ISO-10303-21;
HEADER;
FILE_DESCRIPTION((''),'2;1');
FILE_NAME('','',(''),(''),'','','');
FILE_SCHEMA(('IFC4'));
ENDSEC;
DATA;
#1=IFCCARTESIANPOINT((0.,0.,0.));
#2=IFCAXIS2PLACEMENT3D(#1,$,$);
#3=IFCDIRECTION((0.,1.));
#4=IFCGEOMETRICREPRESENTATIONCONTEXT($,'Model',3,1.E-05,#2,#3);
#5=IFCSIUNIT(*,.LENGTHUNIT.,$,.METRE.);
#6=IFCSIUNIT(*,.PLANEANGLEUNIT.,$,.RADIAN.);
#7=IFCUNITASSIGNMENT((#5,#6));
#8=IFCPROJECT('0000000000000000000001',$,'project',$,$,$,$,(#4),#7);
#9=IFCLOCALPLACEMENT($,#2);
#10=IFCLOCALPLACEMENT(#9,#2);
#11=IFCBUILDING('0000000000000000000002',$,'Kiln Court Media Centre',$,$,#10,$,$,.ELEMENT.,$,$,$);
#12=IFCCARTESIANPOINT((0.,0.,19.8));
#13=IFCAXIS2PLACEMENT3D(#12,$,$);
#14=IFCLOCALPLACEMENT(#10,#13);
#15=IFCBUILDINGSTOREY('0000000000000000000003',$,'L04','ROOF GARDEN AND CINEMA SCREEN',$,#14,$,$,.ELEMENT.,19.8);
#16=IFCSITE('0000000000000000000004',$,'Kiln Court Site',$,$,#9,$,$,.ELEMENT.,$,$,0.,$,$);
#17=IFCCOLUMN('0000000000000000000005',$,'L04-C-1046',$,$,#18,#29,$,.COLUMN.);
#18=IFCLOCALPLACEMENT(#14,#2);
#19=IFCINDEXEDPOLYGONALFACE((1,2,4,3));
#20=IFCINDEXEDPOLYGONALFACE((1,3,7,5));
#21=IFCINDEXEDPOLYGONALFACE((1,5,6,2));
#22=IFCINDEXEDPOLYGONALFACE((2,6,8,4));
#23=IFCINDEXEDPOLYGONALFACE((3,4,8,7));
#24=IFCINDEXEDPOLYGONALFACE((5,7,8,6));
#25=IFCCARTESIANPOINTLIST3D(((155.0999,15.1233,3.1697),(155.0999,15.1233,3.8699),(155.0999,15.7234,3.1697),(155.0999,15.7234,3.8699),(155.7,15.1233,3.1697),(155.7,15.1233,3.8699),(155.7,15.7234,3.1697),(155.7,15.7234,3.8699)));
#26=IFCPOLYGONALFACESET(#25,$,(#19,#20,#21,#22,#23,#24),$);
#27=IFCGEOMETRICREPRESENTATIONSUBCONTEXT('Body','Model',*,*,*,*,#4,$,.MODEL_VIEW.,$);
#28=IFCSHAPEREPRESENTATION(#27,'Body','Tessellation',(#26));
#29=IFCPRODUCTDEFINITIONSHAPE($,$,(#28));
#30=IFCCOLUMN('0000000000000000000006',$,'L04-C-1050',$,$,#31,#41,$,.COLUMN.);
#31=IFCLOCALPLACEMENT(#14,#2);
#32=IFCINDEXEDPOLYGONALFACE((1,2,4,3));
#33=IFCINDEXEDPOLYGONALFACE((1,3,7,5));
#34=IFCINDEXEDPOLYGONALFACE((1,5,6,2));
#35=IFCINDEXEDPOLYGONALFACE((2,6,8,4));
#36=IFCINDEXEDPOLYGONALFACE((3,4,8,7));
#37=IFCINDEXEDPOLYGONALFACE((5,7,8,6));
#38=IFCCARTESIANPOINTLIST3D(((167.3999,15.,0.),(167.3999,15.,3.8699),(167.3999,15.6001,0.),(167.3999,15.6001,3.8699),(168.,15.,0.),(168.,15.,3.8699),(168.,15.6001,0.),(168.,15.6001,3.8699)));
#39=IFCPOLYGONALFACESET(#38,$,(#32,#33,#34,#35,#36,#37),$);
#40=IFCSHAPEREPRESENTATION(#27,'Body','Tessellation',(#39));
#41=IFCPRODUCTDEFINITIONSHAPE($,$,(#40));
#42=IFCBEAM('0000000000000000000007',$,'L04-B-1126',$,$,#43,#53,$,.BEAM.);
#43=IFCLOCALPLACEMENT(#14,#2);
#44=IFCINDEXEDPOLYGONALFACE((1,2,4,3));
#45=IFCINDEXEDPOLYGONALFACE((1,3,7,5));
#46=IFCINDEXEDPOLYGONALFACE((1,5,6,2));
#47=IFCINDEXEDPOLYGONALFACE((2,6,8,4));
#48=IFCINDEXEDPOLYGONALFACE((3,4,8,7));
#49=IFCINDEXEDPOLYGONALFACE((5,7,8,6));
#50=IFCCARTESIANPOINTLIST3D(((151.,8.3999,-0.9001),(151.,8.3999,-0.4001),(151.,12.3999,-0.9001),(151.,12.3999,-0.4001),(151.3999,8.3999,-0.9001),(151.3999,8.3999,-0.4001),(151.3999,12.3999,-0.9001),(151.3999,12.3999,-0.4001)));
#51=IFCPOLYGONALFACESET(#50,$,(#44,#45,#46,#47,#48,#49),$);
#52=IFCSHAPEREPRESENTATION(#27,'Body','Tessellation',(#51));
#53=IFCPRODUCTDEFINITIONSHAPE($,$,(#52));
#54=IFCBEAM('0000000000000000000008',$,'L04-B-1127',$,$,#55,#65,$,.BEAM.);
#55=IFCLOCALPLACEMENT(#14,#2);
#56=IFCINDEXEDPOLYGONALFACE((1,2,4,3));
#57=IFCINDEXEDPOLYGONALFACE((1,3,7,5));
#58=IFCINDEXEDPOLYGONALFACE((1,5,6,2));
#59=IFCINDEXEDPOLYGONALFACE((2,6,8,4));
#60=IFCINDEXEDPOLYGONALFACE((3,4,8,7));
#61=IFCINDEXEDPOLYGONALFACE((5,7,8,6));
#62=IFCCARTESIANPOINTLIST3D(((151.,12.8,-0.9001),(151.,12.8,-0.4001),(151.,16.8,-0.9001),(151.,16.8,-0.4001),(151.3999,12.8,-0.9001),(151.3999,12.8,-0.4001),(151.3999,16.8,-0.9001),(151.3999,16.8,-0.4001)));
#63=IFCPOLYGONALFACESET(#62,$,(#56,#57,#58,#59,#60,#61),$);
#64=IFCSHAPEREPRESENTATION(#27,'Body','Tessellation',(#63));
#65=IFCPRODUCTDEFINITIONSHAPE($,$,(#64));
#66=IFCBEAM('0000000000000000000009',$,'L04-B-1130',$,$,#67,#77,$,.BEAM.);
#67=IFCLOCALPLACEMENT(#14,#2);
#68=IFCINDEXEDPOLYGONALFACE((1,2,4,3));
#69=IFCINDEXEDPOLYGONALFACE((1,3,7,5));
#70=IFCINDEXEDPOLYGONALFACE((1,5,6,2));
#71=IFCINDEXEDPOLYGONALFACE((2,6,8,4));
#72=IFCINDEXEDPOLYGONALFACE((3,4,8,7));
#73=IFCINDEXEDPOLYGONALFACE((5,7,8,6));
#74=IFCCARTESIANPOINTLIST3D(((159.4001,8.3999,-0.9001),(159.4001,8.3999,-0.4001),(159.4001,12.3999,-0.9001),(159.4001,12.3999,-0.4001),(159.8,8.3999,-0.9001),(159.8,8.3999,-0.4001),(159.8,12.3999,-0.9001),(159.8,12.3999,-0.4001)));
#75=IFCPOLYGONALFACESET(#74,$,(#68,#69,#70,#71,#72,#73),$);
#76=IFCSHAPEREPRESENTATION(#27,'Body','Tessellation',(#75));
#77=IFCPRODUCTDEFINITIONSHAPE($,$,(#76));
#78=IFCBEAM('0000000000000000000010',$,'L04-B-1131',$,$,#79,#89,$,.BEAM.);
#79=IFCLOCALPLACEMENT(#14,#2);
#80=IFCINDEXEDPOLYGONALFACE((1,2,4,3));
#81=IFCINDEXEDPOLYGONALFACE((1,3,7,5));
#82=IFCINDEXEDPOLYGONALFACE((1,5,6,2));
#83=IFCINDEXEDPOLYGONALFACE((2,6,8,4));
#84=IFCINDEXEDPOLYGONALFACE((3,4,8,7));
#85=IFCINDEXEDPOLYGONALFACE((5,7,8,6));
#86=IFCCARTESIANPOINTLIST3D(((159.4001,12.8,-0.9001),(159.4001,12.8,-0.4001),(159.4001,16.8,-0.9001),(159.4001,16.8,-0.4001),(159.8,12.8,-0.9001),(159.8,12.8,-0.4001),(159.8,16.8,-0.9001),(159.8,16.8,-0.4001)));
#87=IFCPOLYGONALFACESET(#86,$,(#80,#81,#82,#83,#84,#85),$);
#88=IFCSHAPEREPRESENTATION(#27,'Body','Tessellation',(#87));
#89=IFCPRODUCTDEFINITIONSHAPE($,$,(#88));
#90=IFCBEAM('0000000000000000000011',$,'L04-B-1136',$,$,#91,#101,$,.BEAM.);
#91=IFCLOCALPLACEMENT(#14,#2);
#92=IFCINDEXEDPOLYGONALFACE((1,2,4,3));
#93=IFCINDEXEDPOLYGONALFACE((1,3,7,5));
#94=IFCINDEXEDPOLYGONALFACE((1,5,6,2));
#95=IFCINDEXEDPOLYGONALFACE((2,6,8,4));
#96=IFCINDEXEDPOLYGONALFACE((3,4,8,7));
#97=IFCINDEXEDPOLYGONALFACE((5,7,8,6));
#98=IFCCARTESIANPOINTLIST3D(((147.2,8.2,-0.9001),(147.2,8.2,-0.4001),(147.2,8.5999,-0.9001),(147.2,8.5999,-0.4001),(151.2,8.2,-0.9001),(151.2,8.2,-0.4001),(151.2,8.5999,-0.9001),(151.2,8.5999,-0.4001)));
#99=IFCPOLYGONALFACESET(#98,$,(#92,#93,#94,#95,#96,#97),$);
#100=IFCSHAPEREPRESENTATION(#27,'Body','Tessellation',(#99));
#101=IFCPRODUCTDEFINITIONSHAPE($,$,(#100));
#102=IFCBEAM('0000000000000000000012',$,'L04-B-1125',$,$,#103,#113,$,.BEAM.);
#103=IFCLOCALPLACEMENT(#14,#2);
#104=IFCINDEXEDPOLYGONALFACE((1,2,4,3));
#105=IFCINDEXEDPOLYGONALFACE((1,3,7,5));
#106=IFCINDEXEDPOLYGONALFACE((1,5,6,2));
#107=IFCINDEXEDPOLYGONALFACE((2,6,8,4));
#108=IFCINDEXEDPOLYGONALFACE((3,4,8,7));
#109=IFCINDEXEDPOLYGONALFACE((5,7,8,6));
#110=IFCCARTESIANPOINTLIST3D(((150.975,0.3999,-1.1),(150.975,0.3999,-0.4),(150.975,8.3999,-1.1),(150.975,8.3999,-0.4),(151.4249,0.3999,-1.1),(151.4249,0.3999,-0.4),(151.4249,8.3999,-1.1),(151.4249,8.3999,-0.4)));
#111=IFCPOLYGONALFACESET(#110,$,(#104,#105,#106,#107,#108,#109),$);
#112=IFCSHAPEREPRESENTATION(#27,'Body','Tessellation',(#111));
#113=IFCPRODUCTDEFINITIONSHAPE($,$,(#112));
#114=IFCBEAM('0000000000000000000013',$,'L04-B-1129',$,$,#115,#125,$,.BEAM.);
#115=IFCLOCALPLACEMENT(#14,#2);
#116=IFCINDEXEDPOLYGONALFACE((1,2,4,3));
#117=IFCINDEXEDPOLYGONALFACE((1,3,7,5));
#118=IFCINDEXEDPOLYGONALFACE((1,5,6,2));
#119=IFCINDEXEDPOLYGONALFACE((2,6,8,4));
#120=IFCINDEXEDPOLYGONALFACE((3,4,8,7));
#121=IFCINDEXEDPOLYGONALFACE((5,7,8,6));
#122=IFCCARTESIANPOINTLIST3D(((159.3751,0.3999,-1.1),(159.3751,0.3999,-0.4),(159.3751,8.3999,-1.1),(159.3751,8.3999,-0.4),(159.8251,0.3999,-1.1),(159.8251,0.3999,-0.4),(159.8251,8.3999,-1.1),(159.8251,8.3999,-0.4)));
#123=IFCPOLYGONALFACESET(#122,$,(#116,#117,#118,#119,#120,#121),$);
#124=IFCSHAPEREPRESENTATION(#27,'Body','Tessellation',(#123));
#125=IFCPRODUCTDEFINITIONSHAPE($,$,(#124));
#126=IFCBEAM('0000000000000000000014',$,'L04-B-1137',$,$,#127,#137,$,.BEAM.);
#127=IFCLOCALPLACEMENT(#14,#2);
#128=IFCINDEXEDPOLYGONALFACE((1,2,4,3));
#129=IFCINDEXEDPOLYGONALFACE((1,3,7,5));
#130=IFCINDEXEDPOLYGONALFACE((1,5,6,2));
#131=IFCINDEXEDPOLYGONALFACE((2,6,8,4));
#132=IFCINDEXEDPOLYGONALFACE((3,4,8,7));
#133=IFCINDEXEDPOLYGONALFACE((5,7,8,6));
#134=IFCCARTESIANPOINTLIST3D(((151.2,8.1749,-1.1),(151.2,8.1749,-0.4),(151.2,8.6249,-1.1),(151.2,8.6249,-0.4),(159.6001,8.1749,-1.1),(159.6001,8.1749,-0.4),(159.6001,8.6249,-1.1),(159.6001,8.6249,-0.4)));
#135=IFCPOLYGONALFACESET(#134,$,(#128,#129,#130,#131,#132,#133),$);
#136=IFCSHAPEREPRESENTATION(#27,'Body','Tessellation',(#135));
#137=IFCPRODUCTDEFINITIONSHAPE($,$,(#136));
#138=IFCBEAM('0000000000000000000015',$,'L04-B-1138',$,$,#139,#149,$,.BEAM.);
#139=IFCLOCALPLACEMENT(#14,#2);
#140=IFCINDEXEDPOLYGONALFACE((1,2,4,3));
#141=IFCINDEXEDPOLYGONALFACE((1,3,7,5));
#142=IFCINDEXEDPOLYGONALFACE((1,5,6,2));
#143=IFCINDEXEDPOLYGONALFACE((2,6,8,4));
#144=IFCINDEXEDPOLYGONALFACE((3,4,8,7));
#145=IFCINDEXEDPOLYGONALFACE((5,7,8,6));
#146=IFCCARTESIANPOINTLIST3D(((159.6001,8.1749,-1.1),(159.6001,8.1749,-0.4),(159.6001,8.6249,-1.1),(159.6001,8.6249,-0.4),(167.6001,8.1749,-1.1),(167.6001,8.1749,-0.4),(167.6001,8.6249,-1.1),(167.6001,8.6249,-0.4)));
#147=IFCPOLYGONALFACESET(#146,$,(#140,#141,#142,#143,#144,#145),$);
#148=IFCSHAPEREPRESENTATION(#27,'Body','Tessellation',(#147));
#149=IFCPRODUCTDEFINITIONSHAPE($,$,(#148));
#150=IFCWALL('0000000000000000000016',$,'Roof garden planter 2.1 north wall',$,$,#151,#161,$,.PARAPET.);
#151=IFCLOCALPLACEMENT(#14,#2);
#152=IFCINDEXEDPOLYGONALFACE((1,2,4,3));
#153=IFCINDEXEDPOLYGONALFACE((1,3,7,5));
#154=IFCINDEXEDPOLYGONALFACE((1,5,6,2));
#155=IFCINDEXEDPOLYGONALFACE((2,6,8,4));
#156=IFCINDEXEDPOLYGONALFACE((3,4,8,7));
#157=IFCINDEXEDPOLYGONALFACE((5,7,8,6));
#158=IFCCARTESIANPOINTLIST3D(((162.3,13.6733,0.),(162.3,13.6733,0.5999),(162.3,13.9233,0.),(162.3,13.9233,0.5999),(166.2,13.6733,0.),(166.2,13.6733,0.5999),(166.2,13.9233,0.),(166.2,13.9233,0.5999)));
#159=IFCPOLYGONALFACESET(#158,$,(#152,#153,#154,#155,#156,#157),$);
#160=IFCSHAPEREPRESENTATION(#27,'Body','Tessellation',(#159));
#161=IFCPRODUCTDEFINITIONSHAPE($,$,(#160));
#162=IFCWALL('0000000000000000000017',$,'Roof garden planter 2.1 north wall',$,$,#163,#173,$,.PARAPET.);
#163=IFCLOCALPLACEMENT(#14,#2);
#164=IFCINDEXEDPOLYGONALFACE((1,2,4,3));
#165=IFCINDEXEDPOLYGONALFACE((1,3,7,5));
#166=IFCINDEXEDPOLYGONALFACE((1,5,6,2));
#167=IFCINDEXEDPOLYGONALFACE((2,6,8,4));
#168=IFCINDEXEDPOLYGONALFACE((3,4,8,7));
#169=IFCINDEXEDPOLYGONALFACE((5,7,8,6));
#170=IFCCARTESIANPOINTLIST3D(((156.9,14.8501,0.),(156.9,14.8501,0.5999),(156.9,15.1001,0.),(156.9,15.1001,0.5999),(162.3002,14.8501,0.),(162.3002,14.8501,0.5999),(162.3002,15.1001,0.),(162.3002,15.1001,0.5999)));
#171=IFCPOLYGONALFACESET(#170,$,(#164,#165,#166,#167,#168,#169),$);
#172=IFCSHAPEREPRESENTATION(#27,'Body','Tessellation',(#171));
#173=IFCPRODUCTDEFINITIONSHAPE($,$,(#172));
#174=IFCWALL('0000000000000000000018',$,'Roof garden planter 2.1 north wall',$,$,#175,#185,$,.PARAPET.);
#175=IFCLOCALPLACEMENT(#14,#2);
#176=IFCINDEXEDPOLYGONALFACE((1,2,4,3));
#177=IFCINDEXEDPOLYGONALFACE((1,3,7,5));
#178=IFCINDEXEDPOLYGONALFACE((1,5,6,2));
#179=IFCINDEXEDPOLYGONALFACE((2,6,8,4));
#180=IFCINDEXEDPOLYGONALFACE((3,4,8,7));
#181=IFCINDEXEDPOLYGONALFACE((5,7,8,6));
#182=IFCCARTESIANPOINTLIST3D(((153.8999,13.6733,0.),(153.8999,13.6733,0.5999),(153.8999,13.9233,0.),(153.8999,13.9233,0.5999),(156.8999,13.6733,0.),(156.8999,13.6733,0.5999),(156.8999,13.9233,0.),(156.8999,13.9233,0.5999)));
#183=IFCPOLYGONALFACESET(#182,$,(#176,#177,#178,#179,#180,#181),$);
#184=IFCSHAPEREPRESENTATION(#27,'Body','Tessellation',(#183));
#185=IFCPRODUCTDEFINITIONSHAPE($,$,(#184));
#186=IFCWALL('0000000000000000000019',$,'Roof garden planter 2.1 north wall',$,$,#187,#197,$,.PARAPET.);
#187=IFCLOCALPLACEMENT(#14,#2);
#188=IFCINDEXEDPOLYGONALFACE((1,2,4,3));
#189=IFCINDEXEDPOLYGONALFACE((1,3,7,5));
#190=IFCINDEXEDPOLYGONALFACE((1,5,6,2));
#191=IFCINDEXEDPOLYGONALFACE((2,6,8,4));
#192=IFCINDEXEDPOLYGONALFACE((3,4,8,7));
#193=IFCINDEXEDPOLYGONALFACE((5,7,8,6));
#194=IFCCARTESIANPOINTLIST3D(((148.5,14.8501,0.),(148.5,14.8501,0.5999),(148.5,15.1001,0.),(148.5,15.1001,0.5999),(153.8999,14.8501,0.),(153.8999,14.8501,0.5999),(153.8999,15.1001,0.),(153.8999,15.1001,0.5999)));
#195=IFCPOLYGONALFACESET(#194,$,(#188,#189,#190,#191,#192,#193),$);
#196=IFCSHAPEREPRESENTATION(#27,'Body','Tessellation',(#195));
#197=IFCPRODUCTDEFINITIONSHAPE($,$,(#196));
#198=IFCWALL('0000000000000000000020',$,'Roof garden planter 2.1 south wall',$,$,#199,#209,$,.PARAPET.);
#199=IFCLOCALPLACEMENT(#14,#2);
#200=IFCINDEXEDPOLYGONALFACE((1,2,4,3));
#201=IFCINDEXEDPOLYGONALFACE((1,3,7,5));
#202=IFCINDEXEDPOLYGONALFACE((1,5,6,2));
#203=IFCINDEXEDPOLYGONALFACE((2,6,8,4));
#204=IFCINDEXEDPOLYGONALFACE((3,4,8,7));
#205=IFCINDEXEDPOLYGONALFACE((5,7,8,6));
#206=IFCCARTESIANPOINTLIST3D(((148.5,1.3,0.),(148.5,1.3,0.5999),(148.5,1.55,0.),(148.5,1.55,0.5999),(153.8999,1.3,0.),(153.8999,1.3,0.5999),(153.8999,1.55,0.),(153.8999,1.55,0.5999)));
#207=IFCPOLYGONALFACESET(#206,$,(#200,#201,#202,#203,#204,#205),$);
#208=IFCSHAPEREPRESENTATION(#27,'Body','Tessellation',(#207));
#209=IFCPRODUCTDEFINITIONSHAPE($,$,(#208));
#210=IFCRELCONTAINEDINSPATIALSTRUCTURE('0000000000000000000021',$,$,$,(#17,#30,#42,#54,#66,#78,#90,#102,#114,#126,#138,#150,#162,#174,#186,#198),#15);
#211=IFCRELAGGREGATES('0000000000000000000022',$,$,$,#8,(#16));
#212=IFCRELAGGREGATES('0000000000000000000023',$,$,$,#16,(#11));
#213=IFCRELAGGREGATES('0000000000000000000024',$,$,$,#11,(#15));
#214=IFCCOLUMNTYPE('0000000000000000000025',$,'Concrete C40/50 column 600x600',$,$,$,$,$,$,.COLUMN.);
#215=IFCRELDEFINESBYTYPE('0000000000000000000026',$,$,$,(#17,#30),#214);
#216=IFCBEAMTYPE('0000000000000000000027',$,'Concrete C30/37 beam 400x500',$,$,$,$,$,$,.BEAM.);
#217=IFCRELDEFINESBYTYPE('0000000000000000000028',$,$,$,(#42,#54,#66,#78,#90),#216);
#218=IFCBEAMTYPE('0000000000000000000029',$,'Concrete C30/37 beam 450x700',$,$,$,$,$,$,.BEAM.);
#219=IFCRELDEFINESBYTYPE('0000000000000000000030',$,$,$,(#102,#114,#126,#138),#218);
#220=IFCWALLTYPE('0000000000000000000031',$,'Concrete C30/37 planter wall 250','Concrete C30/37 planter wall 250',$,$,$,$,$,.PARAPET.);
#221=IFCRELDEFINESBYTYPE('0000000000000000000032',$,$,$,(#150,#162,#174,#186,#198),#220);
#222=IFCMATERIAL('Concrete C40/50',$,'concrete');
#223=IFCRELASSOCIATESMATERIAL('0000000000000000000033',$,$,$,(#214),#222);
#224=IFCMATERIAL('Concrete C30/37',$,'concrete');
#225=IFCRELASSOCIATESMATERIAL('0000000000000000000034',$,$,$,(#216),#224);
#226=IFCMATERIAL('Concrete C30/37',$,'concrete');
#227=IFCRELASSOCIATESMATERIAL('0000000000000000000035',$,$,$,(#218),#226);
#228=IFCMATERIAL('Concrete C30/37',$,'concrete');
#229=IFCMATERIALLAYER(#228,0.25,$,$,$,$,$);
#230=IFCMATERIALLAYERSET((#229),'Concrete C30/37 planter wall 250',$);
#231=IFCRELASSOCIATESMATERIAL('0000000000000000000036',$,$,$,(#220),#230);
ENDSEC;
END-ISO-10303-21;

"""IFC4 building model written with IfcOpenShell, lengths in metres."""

from ifc_helpers import new_model, si_unit, direction, frame, frame_2d, origin, origin_2d, place, context, subcontext, project, spatial, rectangle, extrude, material, layer, layer_set, material_profile, profile_set, type_object, element, save


model = new_model("IFC4")

# Units and contexts
model_context = context("Model", 3, precision=1e-05, world=origin(), true_north=direction((0.0, 1.0)))
body_context = subcontext(model_context, "Body", "Model", "MODEL_VIEW")
ifc_project = project(units=[si_unit("LENGTHUNIT", "METRE"), si_unit("PLANEANGLEUNIT", "RADIAN")], contexts=[model_context])

# Site, building, storey
site_placement = place(None, origin())
site = spatial("IfcSite", under=ifc_project, at=site_placement, Name="Kiln Court Site", CompositionType="ELEMENT", RefElevation=0.0)
building_placement = place(site_placement, origin())
building = spatial("IfcBuilding", under=site, at=building_placement, Name="Kiln Court Media Centre", CompositionType="ELEMENT")
storey_placement = place(building_placement, frame((0.0, 0.0, 19.8)))
storey = spatial("IfcBuildingStorey", under=building, at=storey_placement, Name="L04", Description="ROOF GARDEN AND CINEMA SCREEN", CompositionType="ELEMENT", Elevation=19.8)

# Columns
ifc_material_1 = material(Name="Concrete C40/50", Category="concrete")
ifc_material_profile_1 = material_profile(ifc_material_1, rectangle(XDim=0.6001, YDim=0.6001, at=origin_2d()), Name="RC 600x600")
ifc_profile_set_1 = profile_set([ifc_material_profile_1], Name="Concrete C40/50")
column_type = type_object("IfcColumnType", Name="Concrete C40/50 column 600x600", PredefinedType="COLUMN", material=ifc_profile_set_1)
column_1_placement = place(storey_placement, frame((155.3999, 15.4233, 3.1697), z_axis=(0.0, 0.0, 1.0), x_axis=(1.0, 0.0, 0.0)))
element("IfcColumn", 1, at=column_1_placement, inside=storey, type_object=column_type, Name="L04-C-1046", PredefinedType="COLUMN", context=body_context, shape_type="SweptSolid", body=[
    extrude(rectangle(XDim=0.6001, YDim=0.6001, at=origin_2d()), origin(), (0.0, 0.0, 1.0), 0.7002),
])
column_2_placement = place(storey_placement, frame((167.7, 15.3, 0.0), z_axis=(0.0, 0.0, 1.0), x_axis=(1.0, 0.0, 0.0)))
element("IfcColumn", 2, at=column_2_placement, inside=storey, type_object=column_type, Name="L04-C-1050", PredefinedType="COLUMN", context=body_context, shape_type="SweptSolid", body=[
    extrude(rectangle(XDim=0.6001, YDim=0.6001, at=origin_2d()), origin(), (0.0, 0.0, 1.0), 3.8699),
])

# Beams
ifc_material_2 = material(Name="Concrete C30/37", Category="concrete")
ifc_material_profile_2 = material_profile(ifc_material_2, rectangle(XDim=0.3999, YDim=0.5, at=origin_2d()), Name="RC 400x500")
ifc_profile_set_2 = profile_set([ifc_material_profile_2], Name="Concrete C30/37")
beam_type_1 = type_object("IfcBeamType", Name="Concrete C30/37 beam 400x500", PredefinedType="BEAM", material=ifc_profile_set_2)
for number, where, z_axis, x_axis, name in (
    (3, (151.2, 8.3999, -0.6501), (0.0, 1.0, 0.0), (-1.0, 0.0, 0.0), "L04-B-1126"),
    (4, (151.2, 12.8, -0.6501), (0.0, 1.0, 0.0), (-1.0, 0.0, 0.0), "L04-B-1127"),
    (5, (159.6001, 8.3999, -0.6501), (0.0, 1.0, 0.0), (-1.0, 0.0, 0.0), "L04-B-1130"),
    (6, (159.6001, 12.8, -0.6501), (0.0, 1.0, 0.0), (-1.0, 0.0, 0.0), "L04-B-1131"),
    (7, (147.2, 8.3999, -0.6501), (1.0, 0.0, 0.0), (0.0, 1.0, 0.0), "L04-B-1136"),
):
    element("IfcBeam", number, at=place(storey_placement, frame(where, z_axis=z_axis, x_axis=x_axis)), inside=storey, type_object=beam_type_1, Name=name, PredefinedType="BEAM", context=body_context, shape_type="SweptSolid", body=[
        extrude(rectangle(XDim=0.3999, YDim=0.5, at=origin_2d()), origin(), (0.0, 0.0, 1.0), 4.0),
    ])
ifc_material_3 = material(Name="Concrete C30/37", Category="concrete")
ifc_material_profile_3 = material_profile(ifc_material_3, rectangle(XDim=0.45, YDim=0.7, at=origin_2d()), Name="RC 450x700")
ifc_profile_set_3 = profile_set([ifc_material_profile_3], Name="Concrete C30/37")
beam_type_2 = type_object("IfcBeamType", Name="Concrete C30/37 beam 450x700", PredefinedType="BEAM", material=ifc_profile_set_3)
for number, where, z_axis, x_axis, name in (
    (8, (151.2, 0.3999, -0.75), (0.0, 1.0, 0.0), (-1.0, 0.0, 0.0), "L04-B-1125"),
    (9, (159.6001, 0.3999, -0.75), (0.0, 1.0, 0.0), (-1.0, 0.0, 0.0), "L04-B-1129"),
):
    element("IfcBeam", number, at=place(storey_placement, frame(where, z_axis=z_axis, x_axis=x_axis)), inside=storey, type_object=beam_type_2, Name=name, PredefinedType="BEAM", context=body_context, shape_type="SweptSolid", body=[
        extrude(rectangle(XDim=0.45, YDim=0.7, at=origin_2d()), origin(), (0.0, 0.0, 1.0), 8.0),
    ])
beam_1_placement = place(storey_placement, frame((151.2, 8.3999, -0.75), z_axis=(1.0, 0.0, 0.0), x_axis=(0.0, 1.0, 0.0)))
element("IfcBeam", 10, at=beam_1_placement, inside=storey, type_object=beam_type_2, Name="L04-B-1137", PredefinedType="BEAM", context=body_context, shape_type="SweptSolid", body=[
    extrude(rectangle(XDim=0.45, YDim=0.7, at=origin_2d()), origin(), (0.0, 0.0, 1.0), 8.4001),
])
beam_2_placement = place(storey_placement, frame((159.6001, 8.3999, -0.75), z_axis=(1.0, 0.0, 0.0), x_axis=(0.0, 1.0, 0.0)))
element("IfcBeam", 11, at=beam_2_placement, inside=storey, type_object=beam_type_2, Name="L04-B-1138", PredefinedType="BEAM", context=body_context, shape_type="SweptSolid", body=[
    extrude(rectangle(XDim=0.45, YDim=0.7, at=origin_2d()), origin(), (0.0, 0.0, 1.0), 8.0),
])

# Walls
ifc_material_4 = material(Name="Concrete C30/37", Category="concrete")
ifc_layer = layer(ifc_material_4, 0.25)
ifc_layer_set = layer_set([ifc_layer], Name="Concrete C30/37 planter wall 250")
wall_type = type_object("IfcWallType", Name="Concrete C30/37 planter wall 250", Description="Concrete C30/37 planter wall 250", PredefinedType="PARAPET", material=ifc_layer_set)
wall_1_placement = place(storey_placement, frame((162.3, 13.7983, 0.0), z_axis=(0.0, 0.0, 1.0), x_axis=(1.0, 0.0, 0.0)))
element("IfcWall", 12, at=wall_1_placement, inside=storey, type_object=wall_type, Name="Roof garden planter 2.1 north wall", PredefinedType="PARAPET", context=body_context, shape_type="SweptSolid", body=[
    extrude(rectangle(XDim=3.8999, YDim=0.25, at=frame_2d((1.95, 0.0))), origin(), (0.0, 0.0, 1.0), 0.5999),
])
wall_2_placement = place(storey_placement, frame((156.8999, 14.9751, 0.0), z_axis=(0.0, 0.0, 1.0), x_axis=(1.0, 0.0, 0.0)))
element("IfcWall", 13, at=wall_2_placement, inside=storey, type_object=wall_type, Name="Roof garden planter 2.1 north wall", PredefinedType="PARAPET", context=body_context, shape_type="SweptSolid", body=[
    extrude(rectangle(XDim=5.4001, YDim=0.25, at=frame_2d((2.7002, 0.0))), origin(), (0.0, 0.0, 1.0), 0.5999),
])
wall_3_placement = place(storey_placement, frame((153.8999, 13.7983, 0.0), z_axis=(0.0, 0.0, 1.0), x_axis=(1.0, 0.0, 0.0)))
element("IfcWall", 14, at=wall_3_placement, inside=storey, type_object=wall_type, Name="Roof garden planter 2.1 north wall", PredefinedType="PARAPET", context=body_context, shape_type="SweptSolid", body=[
    extrude(rectangle(XDim=3.0, YDim=0.25, at=frame_2d((1.5, 0.0))), origin(), (0.0, 0.0, 1.0), 0.5999),
])
for number, where, z_axis, x_axis, name in (
    (15, (148.5, 14.9751, 0.0), (0.0, 0.0, 1.0), (1.0, 0.0, 0.0), "Roof garden planter 2.1 north wall"),
    (16, (148.5, 1.425, 0.0), (0.0, 0.0, 1.0), (1.0, 0.0, 0.0), "Roof garden planter 2.1 south wall"),
):
    element("IfcWall", number, at=place(storey_placement, frame(where, z_axis=z_axis, x_axis=x_axis)), inside=storey, type_object=wall_type, Name=name, PredefinedType="PARAPET", context=body_context, shape_type="SweptSolid", body=[
        extrude(rectangle(XDim=5.3999, YDim=0.25, at=frame_2d((2.7, 0.0))), origin(), (0.0, 0.0, 1.0), 0.5999),
    ])

save(model, "model.ifc")
